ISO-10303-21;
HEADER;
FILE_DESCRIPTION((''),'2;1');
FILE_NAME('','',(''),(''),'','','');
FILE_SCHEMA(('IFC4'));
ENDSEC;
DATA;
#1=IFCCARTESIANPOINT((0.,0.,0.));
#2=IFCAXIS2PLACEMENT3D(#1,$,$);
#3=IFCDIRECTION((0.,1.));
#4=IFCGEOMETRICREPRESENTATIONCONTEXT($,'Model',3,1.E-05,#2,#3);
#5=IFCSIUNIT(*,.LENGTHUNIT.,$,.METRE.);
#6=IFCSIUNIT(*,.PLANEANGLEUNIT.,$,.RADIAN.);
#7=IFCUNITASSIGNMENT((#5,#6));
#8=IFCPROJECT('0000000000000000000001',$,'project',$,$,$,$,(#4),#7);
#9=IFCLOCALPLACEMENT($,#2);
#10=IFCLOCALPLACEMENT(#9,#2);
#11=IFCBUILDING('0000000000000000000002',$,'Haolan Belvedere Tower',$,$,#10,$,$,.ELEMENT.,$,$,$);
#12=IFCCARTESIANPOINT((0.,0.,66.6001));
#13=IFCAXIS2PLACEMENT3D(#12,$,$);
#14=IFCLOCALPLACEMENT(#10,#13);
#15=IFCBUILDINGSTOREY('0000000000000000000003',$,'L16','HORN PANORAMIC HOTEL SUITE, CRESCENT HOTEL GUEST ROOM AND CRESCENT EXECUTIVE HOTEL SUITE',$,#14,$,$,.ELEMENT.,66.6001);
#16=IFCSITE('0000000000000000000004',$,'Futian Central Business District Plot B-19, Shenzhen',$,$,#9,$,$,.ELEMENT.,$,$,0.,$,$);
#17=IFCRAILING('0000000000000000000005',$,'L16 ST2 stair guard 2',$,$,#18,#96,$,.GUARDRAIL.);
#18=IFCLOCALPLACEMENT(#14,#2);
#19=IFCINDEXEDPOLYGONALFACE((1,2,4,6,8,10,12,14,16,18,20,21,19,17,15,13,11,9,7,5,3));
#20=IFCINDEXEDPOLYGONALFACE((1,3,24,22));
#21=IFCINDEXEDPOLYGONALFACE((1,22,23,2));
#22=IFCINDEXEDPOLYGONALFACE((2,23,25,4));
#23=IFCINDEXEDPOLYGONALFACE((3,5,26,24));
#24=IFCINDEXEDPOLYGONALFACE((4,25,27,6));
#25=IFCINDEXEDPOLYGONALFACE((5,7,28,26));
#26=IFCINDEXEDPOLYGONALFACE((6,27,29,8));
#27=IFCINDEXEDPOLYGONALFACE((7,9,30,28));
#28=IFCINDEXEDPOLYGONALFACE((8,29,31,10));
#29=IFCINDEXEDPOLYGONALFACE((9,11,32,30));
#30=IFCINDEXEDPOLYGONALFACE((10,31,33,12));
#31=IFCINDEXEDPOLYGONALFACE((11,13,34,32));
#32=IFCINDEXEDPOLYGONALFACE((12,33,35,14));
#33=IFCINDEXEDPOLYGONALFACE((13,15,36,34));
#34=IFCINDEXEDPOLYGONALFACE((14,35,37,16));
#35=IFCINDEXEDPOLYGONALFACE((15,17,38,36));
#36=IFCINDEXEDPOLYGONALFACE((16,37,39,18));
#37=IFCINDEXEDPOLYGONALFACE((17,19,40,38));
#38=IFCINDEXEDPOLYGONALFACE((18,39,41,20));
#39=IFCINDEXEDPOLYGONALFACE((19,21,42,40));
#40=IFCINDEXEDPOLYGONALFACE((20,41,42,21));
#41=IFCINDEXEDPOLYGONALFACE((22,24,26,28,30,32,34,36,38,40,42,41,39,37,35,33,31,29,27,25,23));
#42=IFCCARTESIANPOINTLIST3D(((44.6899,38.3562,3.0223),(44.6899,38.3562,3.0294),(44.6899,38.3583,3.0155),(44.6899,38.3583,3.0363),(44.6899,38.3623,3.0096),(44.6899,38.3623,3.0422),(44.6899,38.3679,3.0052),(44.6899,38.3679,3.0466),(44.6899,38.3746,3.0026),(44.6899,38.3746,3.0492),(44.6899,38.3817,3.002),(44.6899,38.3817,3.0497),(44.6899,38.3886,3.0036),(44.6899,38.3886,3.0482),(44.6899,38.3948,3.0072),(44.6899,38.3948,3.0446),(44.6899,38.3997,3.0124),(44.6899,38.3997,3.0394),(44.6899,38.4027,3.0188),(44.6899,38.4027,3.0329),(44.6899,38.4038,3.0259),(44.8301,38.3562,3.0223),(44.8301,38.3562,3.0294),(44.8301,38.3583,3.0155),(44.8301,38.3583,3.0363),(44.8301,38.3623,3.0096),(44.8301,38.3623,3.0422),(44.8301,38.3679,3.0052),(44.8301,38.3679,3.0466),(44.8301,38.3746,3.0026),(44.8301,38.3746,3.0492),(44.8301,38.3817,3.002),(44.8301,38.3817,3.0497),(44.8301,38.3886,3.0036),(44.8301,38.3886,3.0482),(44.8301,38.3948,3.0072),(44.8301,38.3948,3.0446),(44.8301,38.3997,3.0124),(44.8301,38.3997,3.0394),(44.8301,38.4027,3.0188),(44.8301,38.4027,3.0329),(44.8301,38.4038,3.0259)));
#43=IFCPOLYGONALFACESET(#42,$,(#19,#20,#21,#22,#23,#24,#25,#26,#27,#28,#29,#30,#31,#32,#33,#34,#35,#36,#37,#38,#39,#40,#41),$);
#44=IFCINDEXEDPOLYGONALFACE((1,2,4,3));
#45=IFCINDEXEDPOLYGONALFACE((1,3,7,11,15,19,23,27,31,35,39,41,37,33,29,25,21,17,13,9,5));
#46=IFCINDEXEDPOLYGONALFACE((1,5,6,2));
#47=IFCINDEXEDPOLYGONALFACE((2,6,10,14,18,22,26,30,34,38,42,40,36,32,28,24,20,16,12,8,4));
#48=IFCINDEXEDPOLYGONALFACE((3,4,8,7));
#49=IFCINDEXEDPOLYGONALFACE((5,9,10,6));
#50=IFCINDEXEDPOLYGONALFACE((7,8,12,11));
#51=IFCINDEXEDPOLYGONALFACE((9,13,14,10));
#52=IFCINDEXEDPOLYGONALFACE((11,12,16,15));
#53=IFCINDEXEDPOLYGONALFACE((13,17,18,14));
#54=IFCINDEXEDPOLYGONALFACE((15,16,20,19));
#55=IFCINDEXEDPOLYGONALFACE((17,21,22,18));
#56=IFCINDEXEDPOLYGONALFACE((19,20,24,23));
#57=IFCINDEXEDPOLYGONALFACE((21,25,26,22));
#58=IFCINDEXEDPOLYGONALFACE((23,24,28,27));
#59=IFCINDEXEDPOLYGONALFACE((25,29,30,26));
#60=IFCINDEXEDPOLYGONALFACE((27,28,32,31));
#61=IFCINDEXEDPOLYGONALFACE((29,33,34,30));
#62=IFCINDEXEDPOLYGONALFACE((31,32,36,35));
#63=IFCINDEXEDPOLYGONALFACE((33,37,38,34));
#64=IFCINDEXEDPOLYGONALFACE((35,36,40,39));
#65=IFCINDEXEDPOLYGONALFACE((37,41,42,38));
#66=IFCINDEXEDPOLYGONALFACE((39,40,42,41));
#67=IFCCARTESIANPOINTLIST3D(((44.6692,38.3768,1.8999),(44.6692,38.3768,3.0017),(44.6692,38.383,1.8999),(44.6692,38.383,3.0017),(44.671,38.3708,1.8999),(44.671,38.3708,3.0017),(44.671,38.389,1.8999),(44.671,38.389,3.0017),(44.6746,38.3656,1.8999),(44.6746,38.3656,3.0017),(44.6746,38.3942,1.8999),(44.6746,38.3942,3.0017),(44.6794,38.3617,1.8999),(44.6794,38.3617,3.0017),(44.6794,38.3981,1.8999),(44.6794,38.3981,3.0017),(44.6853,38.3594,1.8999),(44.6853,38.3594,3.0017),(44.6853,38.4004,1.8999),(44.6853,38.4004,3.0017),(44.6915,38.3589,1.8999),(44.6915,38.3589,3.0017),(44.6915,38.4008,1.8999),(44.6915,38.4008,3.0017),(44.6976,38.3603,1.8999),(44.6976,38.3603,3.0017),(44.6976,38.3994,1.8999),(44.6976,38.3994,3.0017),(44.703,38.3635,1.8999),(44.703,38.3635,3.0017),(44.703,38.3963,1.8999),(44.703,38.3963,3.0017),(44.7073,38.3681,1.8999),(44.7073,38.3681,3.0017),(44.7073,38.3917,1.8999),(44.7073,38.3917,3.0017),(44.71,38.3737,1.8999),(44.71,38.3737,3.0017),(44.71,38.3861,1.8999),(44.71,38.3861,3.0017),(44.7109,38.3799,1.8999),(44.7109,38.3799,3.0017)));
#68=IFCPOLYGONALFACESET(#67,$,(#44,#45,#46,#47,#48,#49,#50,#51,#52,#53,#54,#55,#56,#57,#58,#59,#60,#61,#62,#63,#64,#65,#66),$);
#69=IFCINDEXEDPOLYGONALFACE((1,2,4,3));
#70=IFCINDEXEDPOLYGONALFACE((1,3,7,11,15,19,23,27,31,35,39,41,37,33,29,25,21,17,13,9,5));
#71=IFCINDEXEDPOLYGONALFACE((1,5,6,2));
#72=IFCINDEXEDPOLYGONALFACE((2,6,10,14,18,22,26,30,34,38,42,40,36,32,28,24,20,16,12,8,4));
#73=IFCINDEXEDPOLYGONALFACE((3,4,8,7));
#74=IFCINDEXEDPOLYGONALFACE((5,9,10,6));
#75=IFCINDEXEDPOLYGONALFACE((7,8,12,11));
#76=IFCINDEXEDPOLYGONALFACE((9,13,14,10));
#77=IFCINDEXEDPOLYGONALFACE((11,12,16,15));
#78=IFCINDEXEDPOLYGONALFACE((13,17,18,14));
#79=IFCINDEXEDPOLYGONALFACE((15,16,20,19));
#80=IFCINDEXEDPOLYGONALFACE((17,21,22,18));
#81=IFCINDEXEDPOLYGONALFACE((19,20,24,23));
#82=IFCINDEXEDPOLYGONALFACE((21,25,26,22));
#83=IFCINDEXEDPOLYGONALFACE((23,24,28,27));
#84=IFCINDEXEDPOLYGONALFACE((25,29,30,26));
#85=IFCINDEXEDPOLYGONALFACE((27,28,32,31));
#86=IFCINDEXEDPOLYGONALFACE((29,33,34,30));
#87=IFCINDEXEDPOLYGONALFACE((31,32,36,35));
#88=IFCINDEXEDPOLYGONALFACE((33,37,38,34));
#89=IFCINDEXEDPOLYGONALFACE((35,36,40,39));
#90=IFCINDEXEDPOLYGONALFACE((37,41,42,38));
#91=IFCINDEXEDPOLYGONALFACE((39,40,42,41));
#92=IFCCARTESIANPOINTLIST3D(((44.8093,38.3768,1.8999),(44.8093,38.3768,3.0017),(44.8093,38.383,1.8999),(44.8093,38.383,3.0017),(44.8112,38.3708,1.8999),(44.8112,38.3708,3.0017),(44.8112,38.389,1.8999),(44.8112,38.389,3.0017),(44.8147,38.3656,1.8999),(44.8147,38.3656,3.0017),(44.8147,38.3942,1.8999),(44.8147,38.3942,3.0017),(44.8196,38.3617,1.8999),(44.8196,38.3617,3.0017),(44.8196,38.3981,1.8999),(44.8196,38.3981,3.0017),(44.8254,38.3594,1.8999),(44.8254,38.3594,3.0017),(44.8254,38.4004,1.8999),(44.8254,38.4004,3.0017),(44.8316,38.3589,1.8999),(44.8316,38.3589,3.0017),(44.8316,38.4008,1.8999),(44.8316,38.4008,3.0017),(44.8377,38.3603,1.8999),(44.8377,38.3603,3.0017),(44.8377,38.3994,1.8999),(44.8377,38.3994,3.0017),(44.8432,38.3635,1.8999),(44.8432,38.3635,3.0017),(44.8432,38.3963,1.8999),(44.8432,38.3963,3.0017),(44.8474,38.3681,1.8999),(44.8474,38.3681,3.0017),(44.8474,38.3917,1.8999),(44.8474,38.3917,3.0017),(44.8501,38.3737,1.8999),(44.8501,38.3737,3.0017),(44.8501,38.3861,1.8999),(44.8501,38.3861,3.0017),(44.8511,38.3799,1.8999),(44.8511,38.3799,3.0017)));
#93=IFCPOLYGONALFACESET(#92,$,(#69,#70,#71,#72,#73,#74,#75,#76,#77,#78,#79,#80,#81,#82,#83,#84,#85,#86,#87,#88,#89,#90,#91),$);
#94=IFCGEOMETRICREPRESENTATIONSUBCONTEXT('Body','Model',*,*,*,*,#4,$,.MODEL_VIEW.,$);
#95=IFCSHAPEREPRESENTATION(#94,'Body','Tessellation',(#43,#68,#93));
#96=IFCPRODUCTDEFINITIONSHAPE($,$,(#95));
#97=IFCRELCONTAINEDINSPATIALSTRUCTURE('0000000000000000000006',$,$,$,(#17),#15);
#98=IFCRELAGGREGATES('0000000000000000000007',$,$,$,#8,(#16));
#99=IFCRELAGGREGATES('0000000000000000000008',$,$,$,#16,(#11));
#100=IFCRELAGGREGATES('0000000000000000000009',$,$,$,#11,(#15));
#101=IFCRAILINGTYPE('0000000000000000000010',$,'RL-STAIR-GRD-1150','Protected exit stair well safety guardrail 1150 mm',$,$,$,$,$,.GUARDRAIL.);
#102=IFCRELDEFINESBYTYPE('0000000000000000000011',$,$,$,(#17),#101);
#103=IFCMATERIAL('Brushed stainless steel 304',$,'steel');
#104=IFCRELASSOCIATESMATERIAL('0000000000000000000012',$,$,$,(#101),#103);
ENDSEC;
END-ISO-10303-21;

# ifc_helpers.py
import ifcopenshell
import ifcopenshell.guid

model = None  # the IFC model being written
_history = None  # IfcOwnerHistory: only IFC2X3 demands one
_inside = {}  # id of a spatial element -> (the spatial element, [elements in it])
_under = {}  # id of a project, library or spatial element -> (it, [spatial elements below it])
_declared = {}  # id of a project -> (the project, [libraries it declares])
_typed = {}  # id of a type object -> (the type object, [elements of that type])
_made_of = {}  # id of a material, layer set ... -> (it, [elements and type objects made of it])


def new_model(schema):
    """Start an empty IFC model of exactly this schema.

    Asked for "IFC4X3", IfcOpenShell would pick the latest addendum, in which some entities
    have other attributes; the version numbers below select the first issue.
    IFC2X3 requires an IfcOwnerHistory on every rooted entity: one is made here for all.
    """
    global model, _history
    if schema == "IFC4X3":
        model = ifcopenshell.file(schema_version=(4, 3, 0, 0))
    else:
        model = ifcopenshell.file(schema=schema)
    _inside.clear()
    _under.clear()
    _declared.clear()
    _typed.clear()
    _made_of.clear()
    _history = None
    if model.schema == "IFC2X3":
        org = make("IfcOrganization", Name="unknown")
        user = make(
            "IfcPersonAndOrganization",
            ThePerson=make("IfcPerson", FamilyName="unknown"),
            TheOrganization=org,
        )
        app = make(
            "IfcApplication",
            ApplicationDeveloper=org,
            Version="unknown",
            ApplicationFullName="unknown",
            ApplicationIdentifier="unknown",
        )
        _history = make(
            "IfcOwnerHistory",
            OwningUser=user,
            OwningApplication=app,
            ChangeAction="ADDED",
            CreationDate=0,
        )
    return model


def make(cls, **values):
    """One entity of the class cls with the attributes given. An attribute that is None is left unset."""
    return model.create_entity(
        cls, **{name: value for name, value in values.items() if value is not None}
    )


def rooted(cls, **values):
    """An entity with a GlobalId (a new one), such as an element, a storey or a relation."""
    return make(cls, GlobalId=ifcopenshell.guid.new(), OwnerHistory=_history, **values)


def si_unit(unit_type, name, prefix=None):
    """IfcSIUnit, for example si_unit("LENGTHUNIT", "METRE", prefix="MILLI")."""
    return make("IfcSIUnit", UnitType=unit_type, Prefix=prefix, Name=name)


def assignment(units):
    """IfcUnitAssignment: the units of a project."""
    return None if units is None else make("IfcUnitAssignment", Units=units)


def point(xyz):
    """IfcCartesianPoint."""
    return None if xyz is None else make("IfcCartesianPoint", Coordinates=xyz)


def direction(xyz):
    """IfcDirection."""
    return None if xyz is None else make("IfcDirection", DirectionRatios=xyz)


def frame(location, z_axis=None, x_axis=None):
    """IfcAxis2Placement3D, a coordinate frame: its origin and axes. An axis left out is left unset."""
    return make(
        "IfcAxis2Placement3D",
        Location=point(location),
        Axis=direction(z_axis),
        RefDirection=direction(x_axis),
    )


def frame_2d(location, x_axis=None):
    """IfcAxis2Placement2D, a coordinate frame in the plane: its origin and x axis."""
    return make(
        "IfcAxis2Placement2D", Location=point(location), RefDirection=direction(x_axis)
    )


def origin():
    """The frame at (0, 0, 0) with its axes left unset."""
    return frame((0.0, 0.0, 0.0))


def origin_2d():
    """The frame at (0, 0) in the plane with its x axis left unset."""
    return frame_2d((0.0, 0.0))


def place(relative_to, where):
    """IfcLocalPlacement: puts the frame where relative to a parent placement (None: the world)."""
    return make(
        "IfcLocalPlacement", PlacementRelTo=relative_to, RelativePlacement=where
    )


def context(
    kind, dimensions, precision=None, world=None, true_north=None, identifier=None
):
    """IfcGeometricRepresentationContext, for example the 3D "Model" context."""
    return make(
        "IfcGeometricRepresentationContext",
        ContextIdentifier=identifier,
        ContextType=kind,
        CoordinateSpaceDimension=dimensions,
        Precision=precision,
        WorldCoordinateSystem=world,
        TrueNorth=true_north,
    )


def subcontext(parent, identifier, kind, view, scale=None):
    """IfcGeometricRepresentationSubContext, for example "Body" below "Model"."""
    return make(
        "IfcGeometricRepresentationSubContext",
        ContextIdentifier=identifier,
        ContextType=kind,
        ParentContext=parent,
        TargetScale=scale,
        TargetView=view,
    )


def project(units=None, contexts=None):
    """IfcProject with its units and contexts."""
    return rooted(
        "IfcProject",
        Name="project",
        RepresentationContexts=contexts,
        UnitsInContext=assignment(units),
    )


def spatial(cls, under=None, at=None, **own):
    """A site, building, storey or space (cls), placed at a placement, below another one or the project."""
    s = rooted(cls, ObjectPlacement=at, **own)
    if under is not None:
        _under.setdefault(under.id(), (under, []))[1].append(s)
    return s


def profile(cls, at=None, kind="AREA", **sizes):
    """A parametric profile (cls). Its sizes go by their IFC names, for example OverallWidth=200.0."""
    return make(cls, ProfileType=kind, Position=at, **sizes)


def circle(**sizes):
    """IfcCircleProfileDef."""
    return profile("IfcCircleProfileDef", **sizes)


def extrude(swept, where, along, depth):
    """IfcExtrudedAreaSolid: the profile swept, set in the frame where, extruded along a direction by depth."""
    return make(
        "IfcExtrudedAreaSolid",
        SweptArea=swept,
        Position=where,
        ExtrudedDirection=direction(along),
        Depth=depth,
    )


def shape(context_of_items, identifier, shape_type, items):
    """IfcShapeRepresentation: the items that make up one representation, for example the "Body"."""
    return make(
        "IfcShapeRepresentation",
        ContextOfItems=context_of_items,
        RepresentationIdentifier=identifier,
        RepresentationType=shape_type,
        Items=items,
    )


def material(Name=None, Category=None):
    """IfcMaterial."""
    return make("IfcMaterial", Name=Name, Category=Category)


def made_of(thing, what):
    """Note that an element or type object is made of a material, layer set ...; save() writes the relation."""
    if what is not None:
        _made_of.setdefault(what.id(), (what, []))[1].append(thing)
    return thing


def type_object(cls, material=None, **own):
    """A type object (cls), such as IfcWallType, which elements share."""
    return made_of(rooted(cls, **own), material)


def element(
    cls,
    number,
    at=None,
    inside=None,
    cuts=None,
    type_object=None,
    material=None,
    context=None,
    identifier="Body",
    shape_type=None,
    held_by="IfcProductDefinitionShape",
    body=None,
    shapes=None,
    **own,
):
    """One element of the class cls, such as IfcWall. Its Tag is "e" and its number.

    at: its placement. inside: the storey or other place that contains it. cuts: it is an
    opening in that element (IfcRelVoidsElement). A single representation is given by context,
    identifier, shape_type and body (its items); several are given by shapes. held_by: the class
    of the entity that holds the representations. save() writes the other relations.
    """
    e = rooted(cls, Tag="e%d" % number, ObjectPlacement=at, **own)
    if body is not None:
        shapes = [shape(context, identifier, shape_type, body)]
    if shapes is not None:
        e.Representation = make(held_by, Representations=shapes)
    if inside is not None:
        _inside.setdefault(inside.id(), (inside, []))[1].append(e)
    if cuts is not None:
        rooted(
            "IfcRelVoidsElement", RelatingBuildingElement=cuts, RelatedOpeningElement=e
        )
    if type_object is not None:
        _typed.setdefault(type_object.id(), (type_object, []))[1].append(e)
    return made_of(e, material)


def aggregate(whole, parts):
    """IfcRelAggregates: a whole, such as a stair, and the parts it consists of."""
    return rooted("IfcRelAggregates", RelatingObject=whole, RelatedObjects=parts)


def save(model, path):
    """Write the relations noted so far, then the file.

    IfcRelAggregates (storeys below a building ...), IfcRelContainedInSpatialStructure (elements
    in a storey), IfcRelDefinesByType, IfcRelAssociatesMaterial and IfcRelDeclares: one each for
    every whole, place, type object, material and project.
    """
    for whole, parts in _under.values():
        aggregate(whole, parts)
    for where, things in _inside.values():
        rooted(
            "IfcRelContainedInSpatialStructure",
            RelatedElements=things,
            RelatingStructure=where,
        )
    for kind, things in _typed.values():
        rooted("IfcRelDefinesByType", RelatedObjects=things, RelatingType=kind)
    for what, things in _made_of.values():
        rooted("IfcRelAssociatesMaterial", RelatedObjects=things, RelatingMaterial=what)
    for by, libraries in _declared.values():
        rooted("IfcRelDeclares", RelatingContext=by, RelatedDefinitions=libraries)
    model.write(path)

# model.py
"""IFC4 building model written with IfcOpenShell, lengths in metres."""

from ifc_helpers import new_model, si_unit, direction, frame, origin, origin_2d, place, context, subcontext, project, spatial, circle, extrude, material, type_object, element, save


model = new_model("IFC4")

# Units and contexts
model_context = context("Model", 3, precision=1e-05, world=origin(), true_north=direction((0.0, 1.0)))
body_context = subcontext(model_context, "Body", "Model", "MODEL_VIEW")
ifc_project = project(units=[si_unit("LENGTHUNIT", "METRE"), si_unit("PLANEANGLEUNIT", "RADIAN")], contexts=[model_context])

# Site, building, storey
site_placement = place(None, origin())
site = spatial("IfcSite", under=ifc_project, at=site_placement, Name="Futian Central Business District Plot B-19, Shenzhen", CompositionType="ELEMENT", RefElevation=0.0)
building_placement = place(site_placement, origin())
building = spatial("IfcBuilding", under=site, at=building_placement, Name="Haolan Belvedere Tower", CompositionType="ELEMENT")
storey_placement = place(building_placement, frame((0.0, 0.0, 66.6001)))
storey = spatial("IfcBuildingStorey", under=building, at=storey_placement, Name="L16", Description="HORN PANORAMIC HOTEL SUITE, CRESCENT HOTEL GUEST ROOM AND CRESCENT EXECUTIVE HOTEL SUITE", CompositionType="ELEMENT", Elevation=66.6001)

# Railing
ifc_material_1 = material(Name="Brushed stainless steel 304", Category="steel")
railing_type_1 = type_object("IfcRailingType", Name="RL-STAIR-GRD-1150", Description="Protected exit stair well safety guardrail 1150 mm", PredefinedType="GUARDRAIL", material=ifc_material_1)
railing_1_placement = place(storey_placement, frame((44.6899, 38.3799, 1.8999)))
element("IfcRailing", 1, at=railing_1_placement, inside=storey, type_object=railing_type_1, Name="L16 ST2 stair guard 2", PredefinedType="GUARDRAIL", context=body_context, shape_type="SweptSolid", body=[
    extrude(circle(Radius=0.0239, at=origin_2d()), frame((0.0, 0.0, 1.126), z_axis=(1.0, 0.0, 0.0), x_axis=(0.0, 1.0, 0.0)), (0.0, 0.0, 1.0), 0.1401),
    extrude(circle(Radius=0.021, at=origin_2d()), origin(), (0.0, 0.0, 1.0), 1.1018),
    extrude(circle(Radius=0.021, at=origin_2d()), frame((0.1401, 0.0, 0.0)), (0.0, 0.0, 1.0), 1.1018),
])

save(model, "model.ifc")
